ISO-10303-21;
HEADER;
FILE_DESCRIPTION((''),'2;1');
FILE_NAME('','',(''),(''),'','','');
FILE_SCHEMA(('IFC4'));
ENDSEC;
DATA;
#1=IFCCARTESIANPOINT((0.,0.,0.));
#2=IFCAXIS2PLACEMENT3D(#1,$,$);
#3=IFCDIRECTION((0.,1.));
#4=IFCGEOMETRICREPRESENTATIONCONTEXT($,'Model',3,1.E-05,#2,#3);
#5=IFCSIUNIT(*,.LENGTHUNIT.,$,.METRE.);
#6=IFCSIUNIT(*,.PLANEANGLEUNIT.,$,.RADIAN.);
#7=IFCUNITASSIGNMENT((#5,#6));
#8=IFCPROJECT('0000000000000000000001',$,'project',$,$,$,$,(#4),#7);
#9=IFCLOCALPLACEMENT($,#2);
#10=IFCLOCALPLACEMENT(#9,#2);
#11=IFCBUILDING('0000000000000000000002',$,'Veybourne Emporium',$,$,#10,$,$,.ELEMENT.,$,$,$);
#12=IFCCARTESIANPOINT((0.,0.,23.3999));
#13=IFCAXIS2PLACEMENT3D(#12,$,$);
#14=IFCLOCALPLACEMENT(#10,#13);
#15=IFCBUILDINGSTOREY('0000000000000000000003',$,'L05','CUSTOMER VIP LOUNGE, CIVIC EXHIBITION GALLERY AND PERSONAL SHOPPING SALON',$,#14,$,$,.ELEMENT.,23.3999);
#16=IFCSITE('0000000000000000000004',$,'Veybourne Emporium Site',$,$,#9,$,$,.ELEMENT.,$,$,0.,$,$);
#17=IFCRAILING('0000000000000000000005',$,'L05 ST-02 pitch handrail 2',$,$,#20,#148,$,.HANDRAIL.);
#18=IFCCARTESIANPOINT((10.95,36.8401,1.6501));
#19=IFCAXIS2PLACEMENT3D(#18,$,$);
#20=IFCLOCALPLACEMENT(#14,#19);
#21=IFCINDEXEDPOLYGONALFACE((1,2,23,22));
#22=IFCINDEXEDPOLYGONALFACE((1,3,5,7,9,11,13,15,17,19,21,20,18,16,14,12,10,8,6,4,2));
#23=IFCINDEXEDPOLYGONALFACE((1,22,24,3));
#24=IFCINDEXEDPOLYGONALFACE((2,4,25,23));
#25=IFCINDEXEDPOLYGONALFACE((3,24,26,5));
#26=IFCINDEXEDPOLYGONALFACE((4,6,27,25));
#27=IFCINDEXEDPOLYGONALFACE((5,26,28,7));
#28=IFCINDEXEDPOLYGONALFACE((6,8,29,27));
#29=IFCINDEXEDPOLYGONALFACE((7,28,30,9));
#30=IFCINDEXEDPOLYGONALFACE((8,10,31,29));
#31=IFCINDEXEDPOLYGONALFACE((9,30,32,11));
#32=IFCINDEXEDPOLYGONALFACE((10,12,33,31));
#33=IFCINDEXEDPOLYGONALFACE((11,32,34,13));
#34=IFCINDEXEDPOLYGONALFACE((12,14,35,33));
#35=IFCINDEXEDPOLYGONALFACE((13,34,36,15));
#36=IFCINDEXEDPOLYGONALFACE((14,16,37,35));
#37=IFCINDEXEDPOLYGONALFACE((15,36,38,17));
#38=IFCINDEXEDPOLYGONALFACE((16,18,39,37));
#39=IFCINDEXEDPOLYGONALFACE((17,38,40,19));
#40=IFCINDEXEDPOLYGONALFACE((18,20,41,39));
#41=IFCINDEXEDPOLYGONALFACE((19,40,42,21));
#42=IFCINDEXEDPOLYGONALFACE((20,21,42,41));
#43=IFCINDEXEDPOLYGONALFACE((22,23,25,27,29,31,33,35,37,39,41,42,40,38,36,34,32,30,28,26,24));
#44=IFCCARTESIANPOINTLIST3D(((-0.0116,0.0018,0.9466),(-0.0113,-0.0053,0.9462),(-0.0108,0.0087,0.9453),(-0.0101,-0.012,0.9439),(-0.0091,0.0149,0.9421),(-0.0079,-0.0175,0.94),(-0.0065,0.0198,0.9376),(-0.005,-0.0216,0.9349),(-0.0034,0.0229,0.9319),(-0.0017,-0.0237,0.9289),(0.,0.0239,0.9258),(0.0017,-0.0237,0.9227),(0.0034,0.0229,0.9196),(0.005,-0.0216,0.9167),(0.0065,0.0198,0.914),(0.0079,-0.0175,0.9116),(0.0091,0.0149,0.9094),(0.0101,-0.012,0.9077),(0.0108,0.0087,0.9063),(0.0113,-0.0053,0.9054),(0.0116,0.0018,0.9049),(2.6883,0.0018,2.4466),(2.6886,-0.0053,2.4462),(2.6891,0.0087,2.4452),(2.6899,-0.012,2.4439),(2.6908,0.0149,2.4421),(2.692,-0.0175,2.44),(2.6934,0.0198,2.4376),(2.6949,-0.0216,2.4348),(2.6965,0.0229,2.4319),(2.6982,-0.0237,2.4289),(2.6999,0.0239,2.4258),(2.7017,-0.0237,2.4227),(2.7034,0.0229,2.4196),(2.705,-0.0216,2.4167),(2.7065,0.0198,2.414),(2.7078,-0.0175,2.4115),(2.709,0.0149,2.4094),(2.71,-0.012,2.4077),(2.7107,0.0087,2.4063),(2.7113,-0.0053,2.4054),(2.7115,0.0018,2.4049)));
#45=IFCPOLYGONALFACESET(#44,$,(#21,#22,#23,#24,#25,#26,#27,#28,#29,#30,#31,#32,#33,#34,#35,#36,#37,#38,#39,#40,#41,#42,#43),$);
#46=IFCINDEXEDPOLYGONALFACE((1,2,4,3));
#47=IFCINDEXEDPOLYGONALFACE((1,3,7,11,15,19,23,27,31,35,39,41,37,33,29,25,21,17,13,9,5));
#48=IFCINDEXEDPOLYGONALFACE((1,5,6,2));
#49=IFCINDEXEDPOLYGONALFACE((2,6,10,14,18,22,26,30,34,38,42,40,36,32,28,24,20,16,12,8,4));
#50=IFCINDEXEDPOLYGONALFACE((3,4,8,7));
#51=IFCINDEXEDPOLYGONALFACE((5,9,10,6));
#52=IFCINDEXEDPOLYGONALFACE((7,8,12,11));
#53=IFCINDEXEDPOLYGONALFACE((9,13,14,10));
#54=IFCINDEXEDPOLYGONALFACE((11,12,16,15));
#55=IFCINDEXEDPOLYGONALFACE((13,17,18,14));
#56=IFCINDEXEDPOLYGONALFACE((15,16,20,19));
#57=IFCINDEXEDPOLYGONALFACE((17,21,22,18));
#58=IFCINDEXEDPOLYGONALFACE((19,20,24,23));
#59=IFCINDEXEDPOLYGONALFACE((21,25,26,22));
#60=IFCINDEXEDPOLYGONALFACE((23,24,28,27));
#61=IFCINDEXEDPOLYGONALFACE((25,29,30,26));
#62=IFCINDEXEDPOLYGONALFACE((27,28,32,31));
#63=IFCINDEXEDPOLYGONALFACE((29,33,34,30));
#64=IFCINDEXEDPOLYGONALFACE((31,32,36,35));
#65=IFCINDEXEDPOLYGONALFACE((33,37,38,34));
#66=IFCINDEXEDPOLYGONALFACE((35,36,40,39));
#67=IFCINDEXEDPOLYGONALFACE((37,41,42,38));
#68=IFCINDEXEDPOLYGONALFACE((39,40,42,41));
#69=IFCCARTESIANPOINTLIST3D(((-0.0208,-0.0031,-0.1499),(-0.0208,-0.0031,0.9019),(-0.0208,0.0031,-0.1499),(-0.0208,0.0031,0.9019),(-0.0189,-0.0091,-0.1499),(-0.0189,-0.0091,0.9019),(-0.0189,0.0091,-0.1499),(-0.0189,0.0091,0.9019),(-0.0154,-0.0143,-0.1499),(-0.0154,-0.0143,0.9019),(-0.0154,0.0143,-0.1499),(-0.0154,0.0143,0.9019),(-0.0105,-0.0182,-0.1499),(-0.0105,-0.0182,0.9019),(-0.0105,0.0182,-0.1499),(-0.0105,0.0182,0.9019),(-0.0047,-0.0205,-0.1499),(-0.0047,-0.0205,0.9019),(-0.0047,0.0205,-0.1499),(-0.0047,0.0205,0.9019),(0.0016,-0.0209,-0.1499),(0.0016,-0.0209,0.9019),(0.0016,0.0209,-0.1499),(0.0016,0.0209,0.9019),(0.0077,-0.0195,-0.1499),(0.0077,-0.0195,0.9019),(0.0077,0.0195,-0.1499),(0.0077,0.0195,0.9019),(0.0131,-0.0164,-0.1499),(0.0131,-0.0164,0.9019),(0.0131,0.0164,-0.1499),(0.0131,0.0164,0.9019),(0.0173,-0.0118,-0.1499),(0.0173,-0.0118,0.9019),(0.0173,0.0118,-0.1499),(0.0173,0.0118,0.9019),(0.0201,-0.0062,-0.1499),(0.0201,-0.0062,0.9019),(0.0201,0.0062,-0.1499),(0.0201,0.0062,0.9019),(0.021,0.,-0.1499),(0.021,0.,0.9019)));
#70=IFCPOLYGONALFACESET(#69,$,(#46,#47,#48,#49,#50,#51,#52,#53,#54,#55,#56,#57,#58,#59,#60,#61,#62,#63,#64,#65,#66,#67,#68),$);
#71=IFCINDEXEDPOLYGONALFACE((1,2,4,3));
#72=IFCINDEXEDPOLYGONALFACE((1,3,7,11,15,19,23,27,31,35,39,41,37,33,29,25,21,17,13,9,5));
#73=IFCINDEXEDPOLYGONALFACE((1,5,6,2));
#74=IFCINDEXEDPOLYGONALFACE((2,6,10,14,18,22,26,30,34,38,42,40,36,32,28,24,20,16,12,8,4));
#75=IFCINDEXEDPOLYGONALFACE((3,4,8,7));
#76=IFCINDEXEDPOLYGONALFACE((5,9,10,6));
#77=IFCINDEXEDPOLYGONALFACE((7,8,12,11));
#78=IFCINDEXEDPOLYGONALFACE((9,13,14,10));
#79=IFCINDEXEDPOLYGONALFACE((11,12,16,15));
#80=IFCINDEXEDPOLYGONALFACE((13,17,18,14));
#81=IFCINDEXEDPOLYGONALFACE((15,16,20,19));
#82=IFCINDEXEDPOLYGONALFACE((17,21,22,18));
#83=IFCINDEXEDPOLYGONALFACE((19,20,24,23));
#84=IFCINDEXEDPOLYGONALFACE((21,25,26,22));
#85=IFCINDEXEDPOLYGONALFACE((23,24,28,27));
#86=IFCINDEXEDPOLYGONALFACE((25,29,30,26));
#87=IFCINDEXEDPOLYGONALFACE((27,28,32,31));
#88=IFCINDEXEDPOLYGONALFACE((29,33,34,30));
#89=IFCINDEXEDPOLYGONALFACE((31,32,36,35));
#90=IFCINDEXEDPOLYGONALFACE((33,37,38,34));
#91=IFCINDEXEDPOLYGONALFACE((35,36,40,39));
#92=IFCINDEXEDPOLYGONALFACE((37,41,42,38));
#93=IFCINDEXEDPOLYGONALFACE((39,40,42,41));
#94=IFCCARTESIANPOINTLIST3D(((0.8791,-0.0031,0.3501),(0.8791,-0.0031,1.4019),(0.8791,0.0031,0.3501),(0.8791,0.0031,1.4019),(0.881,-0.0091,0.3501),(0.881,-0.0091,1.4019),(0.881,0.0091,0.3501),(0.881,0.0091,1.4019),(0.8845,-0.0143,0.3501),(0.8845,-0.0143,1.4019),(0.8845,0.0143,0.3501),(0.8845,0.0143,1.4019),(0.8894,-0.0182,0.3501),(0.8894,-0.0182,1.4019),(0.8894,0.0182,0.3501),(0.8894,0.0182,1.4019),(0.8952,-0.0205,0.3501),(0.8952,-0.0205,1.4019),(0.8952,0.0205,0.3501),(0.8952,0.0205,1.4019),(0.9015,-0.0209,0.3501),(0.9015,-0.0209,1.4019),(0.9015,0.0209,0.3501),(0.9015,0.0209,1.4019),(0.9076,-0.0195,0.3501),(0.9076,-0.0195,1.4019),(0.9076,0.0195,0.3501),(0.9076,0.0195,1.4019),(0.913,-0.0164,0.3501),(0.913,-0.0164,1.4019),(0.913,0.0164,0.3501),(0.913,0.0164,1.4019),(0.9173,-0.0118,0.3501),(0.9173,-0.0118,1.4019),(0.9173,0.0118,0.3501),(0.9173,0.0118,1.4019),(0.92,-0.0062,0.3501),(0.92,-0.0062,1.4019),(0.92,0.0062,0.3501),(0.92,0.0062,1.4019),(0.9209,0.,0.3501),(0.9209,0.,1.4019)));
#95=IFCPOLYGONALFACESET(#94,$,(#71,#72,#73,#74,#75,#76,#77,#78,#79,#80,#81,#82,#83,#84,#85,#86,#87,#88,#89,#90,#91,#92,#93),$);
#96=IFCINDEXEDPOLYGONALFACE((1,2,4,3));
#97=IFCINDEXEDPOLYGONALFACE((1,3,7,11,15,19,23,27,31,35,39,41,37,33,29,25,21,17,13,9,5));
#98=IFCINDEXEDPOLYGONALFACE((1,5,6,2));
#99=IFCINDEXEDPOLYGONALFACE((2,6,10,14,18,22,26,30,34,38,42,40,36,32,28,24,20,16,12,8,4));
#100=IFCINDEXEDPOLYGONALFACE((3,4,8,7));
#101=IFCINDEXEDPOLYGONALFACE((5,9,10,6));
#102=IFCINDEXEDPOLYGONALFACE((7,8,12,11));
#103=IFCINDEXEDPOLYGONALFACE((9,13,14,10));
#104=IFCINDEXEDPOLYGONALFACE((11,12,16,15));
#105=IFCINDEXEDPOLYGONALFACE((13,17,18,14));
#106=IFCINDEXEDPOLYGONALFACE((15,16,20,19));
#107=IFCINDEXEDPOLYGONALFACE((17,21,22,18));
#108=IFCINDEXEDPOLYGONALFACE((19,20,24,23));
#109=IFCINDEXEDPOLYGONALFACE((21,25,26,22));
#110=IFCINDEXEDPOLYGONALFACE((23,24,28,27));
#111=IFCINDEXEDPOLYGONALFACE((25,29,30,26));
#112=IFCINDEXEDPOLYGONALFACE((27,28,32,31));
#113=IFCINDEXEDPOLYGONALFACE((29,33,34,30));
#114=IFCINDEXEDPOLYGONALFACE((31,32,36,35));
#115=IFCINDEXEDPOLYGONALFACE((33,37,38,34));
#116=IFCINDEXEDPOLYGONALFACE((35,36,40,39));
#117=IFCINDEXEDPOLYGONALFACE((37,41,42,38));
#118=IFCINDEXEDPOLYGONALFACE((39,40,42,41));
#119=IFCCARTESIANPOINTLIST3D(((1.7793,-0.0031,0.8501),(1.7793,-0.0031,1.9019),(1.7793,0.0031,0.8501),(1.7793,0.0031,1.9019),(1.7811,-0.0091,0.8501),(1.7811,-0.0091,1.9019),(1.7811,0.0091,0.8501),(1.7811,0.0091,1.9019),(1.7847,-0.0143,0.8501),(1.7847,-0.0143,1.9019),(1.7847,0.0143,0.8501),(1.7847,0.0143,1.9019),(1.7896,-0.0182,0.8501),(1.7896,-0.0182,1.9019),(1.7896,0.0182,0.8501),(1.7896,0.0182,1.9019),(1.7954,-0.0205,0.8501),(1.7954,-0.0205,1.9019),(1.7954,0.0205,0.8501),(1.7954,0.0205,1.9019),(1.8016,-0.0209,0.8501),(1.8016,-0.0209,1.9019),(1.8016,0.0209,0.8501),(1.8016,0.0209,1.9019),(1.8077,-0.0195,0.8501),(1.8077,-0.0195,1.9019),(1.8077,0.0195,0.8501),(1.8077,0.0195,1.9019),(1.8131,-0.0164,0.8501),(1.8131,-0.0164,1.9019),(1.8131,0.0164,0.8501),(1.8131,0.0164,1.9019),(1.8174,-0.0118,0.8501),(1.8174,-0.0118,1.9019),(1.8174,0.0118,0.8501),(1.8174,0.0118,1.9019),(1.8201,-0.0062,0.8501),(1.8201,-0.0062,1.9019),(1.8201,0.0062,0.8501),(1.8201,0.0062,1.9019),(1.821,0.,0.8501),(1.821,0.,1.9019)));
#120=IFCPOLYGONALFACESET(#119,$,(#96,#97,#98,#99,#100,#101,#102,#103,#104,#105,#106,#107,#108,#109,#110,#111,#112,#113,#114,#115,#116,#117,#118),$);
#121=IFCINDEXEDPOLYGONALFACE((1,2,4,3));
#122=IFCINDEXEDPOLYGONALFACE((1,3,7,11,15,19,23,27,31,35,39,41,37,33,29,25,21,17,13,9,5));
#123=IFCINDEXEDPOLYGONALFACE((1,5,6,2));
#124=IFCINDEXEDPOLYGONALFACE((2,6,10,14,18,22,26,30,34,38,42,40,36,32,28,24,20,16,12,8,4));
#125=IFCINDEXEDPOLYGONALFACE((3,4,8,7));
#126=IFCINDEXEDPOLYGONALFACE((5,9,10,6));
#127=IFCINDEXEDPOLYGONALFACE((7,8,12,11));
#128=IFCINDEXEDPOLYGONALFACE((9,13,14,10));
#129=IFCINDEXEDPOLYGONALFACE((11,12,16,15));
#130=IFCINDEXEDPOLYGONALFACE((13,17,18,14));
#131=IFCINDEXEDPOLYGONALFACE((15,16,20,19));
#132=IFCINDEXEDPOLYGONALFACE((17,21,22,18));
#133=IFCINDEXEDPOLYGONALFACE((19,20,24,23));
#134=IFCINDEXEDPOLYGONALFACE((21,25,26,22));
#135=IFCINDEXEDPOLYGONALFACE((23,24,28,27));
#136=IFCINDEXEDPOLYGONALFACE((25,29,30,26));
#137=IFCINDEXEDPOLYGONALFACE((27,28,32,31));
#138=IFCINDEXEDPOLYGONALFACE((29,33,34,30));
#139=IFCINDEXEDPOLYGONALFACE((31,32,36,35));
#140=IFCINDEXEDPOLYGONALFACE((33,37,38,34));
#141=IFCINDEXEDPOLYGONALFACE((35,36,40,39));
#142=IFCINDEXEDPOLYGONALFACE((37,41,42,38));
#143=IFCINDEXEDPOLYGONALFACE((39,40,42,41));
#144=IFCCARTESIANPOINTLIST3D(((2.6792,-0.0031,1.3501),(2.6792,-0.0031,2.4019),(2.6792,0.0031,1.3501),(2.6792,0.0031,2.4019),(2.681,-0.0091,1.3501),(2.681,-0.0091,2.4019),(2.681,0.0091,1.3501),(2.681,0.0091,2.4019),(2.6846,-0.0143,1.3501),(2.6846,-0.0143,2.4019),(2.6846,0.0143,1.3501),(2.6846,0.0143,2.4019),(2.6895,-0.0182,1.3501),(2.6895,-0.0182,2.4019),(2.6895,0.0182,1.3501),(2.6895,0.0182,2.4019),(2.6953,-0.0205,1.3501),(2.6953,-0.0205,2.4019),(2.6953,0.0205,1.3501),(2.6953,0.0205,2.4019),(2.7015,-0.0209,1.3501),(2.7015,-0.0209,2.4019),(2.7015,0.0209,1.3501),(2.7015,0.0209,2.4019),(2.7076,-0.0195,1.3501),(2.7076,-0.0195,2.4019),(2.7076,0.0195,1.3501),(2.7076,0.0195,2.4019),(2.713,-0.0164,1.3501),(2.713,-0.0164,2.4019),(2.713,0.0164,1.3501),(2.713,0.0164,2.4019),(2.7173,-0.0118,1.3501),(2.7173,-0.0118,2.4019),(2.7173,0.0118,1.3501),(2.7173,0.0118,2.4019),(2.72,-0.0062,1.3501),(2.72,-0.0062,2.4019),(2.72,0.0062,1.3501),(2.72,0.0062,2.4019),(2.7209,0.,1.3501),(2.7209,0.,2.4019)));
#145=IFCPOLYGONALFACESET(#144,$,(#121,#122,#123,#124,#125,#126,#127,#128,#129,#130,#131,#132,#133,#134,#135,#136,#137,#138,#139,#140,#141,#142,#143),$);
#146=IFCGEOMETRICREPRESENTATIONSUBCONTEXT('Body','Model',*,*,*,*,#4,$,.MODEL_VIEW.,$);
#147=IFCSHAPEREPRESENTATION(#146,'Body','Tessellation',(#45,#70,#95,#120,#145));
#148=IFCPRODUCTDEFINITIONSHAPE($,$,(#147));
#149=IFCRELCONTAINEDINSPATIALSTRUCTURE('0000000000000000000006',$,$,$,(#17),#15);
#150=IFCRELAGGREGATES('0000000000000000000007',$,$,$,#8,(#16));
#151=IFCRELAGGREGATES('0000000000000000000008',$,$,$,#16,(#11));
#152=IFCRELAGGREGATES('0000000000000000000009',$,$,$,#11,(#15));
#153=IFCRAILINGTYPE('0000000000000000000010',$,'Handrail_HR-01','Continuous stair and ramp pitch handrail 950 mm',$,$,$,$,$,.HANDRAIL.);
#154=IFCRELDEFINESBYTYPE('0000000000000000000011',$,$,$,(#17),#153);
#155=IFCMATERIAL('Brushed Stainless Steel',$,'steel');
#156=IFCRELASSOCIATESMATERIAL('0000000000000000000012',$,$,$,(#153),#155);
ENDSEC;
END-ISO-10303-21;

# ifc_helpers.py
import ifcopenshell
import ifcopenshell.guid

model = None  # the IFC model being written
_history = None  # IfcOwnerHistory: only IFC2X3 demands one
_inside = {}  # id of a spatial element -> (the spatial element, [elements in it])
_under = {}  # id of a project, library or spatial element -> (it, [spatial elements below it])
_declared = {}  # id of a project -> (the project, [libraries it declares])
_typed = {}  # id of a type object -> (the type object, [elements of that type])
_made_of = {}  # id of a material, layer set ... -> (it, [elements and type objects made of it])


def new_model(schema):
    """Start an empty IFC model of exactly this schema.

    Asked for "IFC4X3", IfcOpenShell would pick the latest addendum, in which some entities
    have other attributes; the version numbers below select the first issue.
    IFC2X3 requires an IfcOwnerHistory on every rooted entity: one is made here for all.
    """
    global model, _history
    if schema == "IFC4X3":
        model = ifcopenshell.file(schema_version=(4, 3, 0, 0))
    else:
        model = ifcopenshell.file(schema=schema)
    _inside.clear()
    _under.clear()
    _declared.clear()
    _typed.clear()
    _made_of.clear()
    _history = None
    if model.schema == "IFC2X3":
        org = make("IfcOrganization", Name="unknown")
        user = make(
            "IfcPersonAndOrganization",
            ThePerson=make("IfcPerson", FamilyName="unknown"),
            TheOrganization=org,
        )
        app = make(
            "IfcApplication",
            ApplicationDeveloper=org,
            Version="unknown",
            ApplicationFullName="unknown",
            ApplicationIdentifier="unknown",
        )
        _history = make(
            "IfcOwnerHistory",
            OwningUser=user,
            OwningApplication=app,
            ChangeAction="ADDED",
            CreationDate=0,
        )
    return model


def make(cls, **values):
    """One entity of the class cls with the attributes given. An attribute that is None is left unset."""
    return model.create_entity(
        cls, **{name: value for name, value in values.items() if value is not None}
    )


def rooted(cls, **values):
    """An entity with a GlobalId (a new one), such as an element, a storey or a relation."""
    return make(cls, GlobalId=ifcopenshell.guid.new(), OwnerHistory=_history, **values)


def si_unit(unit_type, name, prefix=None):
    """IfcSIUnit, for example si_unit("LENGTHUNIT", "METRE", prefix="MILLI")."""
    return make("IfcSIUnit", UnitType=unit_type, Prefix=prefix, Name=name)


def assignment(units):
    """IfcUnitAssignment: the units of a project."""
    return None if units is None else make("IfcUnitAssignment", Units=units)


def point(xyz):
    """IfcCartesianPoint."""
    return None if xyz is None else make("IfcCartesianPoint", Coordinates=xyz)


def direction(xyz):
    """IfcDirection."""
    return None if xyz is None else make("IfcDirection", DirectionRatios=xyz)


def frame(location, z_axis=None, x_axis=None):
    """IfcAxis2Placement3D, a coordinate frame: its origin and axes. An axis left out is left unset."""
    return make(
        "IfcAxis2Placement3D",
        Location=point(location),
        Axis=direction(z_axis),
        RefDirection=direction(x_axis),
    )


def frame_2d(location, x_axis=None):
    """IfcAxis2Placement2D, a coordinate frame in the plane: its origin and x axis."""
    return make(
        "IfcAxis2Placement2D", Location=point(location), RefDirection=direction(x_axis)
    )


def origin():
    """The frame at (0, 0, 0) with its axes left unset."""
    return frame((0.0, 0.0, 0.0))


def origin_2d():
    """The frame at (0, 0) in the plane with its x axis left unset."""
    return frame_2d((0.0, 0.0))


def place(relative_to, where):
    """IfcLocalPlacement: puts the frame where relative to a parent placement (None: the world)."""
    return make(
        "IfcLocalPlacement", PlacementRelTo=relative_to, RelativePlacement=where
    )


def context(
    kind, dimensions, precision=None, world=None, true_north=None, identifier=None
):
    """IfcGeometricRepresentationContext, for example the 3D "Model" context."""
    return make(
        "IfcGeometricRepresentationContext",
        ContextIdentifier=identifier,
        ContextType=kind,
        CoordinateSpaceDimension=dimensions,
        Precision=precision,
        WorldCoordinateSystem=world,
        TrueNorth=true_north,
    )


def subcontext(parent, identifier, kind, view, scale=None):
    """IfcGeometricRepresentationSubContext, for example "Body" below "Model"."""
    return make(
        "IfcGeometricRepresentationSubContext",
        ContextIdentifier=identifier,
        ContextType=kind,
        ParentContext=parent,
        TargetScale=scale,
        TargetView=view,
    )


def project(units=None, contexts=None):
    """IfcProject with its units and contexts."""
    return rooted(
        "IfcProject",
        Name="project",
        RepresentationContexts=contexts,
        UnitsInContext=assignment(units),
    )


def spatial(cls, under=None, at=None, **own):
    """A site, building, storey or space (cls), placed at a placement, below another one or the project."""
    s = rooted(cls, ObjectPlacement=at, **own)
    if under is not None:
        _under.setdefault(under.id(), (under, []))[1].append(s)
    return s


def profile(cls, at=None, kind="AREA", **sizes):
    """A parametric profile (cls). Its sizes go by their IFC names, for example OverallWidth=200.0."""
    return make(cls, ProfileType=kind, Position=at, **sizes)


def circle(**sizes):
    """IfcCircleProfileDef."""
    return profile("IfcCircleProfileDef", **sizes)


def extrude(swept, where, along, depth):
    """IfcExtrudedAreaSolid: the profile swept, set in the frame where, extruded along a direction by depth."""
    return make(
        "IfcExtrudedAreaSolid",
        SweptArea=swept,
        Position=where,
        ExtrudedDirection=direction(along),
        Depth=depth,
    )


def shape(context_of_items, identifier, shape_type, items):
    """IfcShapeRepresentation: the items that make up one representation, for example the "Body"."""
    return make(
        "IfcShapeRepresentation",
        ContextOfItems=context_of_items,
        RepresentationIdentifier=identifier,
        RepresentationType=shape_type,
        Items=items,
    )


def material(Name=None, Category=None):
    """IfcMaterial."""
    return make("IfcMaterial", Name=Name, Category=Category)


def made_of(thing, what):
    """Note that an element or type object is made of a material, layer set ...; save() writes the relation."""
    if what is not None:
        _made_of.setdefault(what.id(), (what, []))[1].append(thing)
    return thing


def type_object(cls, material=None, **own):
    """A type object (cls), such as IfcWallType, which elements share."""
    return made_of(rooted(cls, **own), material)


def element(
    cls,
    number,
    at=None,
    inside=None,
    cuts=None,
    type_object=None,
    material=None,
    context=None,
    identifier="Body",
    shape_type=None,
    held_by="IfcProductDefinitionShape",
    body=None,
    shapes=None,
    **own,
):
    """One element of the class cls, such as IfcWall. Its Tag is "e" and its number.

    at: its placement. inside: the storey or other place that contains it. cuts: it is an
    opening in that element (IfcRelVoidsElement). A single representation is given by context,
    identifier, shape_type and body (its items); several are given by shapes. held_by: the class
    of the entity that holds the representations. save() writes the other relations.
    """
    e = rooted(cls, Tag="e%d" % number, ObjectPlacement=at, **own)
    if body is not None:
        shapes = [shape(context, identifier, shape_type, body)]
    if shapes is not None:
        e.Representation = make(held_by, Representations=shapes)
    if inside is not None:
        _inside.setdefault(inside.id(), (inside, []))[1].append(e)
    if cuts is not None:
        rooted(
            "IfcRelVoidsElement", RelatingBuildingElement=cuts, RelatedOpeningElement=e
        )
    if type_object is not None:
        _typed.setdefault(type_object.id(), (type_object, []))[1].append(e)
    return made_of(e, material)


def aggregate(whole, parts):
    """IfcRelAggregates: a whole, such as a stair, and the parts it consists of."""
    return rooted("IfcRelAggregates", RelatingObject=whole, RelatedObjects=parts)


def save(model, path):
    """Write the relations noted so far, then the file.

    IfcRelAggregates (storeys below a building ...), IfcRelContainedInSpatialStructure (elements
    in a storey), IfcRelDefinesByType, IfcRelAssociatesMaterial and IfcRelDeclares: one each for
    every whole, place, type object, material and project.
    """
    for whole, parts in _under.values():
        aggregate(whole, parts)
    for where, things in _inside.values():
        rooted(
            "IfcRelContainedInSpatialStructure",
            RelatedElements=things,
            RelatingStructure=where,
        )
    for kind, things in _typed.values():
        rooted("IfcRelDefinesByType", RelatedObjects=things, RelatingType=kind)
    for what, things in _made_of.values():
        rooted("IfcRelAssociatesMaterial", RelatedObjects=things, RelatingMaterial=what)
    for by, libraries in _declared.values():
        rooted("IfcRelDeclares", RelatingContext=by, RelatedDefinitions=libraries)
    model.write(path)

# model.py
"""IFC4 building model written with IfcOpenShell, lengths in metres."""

from ifc_helpers import new_model, si_unit, direction, frame, origin, origin_2d, place, context, subcontext, project, spatial, circle, extrude, material, type_object, element, save


model = new_model("IFC4")

# Units and contexts
model_context = context("Model", 3, precision=1e-05, world=origin(), true_north=direction((0.0, 1.0)))
body_context = subcontext(model_context, "Body", "Model", "MODEL_VIEW")
ifc_project = project(units=[si_unit("LENGTHUNIT", "METRE"), si_unit("PLANEANGLEUNIT", "RADIAN")], contexts=[model_context])

# Site, building, storey
site_placement = place(None, origin())
site = spatial("IfcSite", under=ifc_project, at=site_placement, Name="Veybourne Emporium Site", CompositionType="ELEMENT", RefElevation=0.0)
building_placement = place(site_placement, origin())
building = spatial("IfcBuilding", under=site, at=building_placement, Name="Veybourne Emporium", CompositionType="ELEMENT")
storey_placement = place(building_placement, frame((0.0, 0.0, 23.3999)))
storey = spatial("IfcBuildingStorey", under=building, at=storey_placement, Name="L05", Description="CUSTOMER VIP LOUNGE, CIVIC EXHIBITION GALLERY AND PERSONAL SHOPPING SALON", CompositionType="ELEMENT", Elevation=23.3999)

# Railing
ifc_material_1 = material(Name="Brushed Stainless Steel", Category="steel")
railing_type = type_object("IfcRailingType", Name="Handrail_HR-01", Description="Continuous stair and ramp pitch handrail 950 mm", PredefinedType="HANDRAIL", material=ifc_material_1)
railing_placement = place(storey_placement, frame((10.95, 36.8401, 1.6501)))
element("IfcRailing", 1, at=railing_placement, inside=storey, type_object=railing_type, Name="L05 ST-02 pitch handrail 2", PredefinedType="HANDRAIL", context=body_context, shape_type="SweptSolid", body=[
    extrude(circle(Radius=0.0239, at=origin_2d()), frame((0.0, 0.0, 0.9258), z_axis=(0.874154, 0.0, 0.48565), x_axis=(0.0, 1.0, 0.0)), (0.0, 0.0, 1.0), 3.0886),
    extrude(circle(Radius=0.021, at=origin_2d()), frame((0.0, 0.0, -0.1499)), (0.0, 0.0, 1.0), 1.0518),
    extrude(circle(Radius=0.021, at=origin_2d()), frame((0.8999, 0.0, 0.3501)), (0.0, 0.0, 1.0), 1.0518),
    extrude(circle(Radius=0.021, at=origin_2d()), frame((1.8, 0.0, 0.8501)), (0.0, 0.0, 1.0), 1.0518),
    extrude(circle(Radius=0.021, at=origin_2d()), frame((2.7, 0.0, 1.3501)), (0.0, 0.0, 1.0), 1.0518),
])

save(model, "model.ifc")
